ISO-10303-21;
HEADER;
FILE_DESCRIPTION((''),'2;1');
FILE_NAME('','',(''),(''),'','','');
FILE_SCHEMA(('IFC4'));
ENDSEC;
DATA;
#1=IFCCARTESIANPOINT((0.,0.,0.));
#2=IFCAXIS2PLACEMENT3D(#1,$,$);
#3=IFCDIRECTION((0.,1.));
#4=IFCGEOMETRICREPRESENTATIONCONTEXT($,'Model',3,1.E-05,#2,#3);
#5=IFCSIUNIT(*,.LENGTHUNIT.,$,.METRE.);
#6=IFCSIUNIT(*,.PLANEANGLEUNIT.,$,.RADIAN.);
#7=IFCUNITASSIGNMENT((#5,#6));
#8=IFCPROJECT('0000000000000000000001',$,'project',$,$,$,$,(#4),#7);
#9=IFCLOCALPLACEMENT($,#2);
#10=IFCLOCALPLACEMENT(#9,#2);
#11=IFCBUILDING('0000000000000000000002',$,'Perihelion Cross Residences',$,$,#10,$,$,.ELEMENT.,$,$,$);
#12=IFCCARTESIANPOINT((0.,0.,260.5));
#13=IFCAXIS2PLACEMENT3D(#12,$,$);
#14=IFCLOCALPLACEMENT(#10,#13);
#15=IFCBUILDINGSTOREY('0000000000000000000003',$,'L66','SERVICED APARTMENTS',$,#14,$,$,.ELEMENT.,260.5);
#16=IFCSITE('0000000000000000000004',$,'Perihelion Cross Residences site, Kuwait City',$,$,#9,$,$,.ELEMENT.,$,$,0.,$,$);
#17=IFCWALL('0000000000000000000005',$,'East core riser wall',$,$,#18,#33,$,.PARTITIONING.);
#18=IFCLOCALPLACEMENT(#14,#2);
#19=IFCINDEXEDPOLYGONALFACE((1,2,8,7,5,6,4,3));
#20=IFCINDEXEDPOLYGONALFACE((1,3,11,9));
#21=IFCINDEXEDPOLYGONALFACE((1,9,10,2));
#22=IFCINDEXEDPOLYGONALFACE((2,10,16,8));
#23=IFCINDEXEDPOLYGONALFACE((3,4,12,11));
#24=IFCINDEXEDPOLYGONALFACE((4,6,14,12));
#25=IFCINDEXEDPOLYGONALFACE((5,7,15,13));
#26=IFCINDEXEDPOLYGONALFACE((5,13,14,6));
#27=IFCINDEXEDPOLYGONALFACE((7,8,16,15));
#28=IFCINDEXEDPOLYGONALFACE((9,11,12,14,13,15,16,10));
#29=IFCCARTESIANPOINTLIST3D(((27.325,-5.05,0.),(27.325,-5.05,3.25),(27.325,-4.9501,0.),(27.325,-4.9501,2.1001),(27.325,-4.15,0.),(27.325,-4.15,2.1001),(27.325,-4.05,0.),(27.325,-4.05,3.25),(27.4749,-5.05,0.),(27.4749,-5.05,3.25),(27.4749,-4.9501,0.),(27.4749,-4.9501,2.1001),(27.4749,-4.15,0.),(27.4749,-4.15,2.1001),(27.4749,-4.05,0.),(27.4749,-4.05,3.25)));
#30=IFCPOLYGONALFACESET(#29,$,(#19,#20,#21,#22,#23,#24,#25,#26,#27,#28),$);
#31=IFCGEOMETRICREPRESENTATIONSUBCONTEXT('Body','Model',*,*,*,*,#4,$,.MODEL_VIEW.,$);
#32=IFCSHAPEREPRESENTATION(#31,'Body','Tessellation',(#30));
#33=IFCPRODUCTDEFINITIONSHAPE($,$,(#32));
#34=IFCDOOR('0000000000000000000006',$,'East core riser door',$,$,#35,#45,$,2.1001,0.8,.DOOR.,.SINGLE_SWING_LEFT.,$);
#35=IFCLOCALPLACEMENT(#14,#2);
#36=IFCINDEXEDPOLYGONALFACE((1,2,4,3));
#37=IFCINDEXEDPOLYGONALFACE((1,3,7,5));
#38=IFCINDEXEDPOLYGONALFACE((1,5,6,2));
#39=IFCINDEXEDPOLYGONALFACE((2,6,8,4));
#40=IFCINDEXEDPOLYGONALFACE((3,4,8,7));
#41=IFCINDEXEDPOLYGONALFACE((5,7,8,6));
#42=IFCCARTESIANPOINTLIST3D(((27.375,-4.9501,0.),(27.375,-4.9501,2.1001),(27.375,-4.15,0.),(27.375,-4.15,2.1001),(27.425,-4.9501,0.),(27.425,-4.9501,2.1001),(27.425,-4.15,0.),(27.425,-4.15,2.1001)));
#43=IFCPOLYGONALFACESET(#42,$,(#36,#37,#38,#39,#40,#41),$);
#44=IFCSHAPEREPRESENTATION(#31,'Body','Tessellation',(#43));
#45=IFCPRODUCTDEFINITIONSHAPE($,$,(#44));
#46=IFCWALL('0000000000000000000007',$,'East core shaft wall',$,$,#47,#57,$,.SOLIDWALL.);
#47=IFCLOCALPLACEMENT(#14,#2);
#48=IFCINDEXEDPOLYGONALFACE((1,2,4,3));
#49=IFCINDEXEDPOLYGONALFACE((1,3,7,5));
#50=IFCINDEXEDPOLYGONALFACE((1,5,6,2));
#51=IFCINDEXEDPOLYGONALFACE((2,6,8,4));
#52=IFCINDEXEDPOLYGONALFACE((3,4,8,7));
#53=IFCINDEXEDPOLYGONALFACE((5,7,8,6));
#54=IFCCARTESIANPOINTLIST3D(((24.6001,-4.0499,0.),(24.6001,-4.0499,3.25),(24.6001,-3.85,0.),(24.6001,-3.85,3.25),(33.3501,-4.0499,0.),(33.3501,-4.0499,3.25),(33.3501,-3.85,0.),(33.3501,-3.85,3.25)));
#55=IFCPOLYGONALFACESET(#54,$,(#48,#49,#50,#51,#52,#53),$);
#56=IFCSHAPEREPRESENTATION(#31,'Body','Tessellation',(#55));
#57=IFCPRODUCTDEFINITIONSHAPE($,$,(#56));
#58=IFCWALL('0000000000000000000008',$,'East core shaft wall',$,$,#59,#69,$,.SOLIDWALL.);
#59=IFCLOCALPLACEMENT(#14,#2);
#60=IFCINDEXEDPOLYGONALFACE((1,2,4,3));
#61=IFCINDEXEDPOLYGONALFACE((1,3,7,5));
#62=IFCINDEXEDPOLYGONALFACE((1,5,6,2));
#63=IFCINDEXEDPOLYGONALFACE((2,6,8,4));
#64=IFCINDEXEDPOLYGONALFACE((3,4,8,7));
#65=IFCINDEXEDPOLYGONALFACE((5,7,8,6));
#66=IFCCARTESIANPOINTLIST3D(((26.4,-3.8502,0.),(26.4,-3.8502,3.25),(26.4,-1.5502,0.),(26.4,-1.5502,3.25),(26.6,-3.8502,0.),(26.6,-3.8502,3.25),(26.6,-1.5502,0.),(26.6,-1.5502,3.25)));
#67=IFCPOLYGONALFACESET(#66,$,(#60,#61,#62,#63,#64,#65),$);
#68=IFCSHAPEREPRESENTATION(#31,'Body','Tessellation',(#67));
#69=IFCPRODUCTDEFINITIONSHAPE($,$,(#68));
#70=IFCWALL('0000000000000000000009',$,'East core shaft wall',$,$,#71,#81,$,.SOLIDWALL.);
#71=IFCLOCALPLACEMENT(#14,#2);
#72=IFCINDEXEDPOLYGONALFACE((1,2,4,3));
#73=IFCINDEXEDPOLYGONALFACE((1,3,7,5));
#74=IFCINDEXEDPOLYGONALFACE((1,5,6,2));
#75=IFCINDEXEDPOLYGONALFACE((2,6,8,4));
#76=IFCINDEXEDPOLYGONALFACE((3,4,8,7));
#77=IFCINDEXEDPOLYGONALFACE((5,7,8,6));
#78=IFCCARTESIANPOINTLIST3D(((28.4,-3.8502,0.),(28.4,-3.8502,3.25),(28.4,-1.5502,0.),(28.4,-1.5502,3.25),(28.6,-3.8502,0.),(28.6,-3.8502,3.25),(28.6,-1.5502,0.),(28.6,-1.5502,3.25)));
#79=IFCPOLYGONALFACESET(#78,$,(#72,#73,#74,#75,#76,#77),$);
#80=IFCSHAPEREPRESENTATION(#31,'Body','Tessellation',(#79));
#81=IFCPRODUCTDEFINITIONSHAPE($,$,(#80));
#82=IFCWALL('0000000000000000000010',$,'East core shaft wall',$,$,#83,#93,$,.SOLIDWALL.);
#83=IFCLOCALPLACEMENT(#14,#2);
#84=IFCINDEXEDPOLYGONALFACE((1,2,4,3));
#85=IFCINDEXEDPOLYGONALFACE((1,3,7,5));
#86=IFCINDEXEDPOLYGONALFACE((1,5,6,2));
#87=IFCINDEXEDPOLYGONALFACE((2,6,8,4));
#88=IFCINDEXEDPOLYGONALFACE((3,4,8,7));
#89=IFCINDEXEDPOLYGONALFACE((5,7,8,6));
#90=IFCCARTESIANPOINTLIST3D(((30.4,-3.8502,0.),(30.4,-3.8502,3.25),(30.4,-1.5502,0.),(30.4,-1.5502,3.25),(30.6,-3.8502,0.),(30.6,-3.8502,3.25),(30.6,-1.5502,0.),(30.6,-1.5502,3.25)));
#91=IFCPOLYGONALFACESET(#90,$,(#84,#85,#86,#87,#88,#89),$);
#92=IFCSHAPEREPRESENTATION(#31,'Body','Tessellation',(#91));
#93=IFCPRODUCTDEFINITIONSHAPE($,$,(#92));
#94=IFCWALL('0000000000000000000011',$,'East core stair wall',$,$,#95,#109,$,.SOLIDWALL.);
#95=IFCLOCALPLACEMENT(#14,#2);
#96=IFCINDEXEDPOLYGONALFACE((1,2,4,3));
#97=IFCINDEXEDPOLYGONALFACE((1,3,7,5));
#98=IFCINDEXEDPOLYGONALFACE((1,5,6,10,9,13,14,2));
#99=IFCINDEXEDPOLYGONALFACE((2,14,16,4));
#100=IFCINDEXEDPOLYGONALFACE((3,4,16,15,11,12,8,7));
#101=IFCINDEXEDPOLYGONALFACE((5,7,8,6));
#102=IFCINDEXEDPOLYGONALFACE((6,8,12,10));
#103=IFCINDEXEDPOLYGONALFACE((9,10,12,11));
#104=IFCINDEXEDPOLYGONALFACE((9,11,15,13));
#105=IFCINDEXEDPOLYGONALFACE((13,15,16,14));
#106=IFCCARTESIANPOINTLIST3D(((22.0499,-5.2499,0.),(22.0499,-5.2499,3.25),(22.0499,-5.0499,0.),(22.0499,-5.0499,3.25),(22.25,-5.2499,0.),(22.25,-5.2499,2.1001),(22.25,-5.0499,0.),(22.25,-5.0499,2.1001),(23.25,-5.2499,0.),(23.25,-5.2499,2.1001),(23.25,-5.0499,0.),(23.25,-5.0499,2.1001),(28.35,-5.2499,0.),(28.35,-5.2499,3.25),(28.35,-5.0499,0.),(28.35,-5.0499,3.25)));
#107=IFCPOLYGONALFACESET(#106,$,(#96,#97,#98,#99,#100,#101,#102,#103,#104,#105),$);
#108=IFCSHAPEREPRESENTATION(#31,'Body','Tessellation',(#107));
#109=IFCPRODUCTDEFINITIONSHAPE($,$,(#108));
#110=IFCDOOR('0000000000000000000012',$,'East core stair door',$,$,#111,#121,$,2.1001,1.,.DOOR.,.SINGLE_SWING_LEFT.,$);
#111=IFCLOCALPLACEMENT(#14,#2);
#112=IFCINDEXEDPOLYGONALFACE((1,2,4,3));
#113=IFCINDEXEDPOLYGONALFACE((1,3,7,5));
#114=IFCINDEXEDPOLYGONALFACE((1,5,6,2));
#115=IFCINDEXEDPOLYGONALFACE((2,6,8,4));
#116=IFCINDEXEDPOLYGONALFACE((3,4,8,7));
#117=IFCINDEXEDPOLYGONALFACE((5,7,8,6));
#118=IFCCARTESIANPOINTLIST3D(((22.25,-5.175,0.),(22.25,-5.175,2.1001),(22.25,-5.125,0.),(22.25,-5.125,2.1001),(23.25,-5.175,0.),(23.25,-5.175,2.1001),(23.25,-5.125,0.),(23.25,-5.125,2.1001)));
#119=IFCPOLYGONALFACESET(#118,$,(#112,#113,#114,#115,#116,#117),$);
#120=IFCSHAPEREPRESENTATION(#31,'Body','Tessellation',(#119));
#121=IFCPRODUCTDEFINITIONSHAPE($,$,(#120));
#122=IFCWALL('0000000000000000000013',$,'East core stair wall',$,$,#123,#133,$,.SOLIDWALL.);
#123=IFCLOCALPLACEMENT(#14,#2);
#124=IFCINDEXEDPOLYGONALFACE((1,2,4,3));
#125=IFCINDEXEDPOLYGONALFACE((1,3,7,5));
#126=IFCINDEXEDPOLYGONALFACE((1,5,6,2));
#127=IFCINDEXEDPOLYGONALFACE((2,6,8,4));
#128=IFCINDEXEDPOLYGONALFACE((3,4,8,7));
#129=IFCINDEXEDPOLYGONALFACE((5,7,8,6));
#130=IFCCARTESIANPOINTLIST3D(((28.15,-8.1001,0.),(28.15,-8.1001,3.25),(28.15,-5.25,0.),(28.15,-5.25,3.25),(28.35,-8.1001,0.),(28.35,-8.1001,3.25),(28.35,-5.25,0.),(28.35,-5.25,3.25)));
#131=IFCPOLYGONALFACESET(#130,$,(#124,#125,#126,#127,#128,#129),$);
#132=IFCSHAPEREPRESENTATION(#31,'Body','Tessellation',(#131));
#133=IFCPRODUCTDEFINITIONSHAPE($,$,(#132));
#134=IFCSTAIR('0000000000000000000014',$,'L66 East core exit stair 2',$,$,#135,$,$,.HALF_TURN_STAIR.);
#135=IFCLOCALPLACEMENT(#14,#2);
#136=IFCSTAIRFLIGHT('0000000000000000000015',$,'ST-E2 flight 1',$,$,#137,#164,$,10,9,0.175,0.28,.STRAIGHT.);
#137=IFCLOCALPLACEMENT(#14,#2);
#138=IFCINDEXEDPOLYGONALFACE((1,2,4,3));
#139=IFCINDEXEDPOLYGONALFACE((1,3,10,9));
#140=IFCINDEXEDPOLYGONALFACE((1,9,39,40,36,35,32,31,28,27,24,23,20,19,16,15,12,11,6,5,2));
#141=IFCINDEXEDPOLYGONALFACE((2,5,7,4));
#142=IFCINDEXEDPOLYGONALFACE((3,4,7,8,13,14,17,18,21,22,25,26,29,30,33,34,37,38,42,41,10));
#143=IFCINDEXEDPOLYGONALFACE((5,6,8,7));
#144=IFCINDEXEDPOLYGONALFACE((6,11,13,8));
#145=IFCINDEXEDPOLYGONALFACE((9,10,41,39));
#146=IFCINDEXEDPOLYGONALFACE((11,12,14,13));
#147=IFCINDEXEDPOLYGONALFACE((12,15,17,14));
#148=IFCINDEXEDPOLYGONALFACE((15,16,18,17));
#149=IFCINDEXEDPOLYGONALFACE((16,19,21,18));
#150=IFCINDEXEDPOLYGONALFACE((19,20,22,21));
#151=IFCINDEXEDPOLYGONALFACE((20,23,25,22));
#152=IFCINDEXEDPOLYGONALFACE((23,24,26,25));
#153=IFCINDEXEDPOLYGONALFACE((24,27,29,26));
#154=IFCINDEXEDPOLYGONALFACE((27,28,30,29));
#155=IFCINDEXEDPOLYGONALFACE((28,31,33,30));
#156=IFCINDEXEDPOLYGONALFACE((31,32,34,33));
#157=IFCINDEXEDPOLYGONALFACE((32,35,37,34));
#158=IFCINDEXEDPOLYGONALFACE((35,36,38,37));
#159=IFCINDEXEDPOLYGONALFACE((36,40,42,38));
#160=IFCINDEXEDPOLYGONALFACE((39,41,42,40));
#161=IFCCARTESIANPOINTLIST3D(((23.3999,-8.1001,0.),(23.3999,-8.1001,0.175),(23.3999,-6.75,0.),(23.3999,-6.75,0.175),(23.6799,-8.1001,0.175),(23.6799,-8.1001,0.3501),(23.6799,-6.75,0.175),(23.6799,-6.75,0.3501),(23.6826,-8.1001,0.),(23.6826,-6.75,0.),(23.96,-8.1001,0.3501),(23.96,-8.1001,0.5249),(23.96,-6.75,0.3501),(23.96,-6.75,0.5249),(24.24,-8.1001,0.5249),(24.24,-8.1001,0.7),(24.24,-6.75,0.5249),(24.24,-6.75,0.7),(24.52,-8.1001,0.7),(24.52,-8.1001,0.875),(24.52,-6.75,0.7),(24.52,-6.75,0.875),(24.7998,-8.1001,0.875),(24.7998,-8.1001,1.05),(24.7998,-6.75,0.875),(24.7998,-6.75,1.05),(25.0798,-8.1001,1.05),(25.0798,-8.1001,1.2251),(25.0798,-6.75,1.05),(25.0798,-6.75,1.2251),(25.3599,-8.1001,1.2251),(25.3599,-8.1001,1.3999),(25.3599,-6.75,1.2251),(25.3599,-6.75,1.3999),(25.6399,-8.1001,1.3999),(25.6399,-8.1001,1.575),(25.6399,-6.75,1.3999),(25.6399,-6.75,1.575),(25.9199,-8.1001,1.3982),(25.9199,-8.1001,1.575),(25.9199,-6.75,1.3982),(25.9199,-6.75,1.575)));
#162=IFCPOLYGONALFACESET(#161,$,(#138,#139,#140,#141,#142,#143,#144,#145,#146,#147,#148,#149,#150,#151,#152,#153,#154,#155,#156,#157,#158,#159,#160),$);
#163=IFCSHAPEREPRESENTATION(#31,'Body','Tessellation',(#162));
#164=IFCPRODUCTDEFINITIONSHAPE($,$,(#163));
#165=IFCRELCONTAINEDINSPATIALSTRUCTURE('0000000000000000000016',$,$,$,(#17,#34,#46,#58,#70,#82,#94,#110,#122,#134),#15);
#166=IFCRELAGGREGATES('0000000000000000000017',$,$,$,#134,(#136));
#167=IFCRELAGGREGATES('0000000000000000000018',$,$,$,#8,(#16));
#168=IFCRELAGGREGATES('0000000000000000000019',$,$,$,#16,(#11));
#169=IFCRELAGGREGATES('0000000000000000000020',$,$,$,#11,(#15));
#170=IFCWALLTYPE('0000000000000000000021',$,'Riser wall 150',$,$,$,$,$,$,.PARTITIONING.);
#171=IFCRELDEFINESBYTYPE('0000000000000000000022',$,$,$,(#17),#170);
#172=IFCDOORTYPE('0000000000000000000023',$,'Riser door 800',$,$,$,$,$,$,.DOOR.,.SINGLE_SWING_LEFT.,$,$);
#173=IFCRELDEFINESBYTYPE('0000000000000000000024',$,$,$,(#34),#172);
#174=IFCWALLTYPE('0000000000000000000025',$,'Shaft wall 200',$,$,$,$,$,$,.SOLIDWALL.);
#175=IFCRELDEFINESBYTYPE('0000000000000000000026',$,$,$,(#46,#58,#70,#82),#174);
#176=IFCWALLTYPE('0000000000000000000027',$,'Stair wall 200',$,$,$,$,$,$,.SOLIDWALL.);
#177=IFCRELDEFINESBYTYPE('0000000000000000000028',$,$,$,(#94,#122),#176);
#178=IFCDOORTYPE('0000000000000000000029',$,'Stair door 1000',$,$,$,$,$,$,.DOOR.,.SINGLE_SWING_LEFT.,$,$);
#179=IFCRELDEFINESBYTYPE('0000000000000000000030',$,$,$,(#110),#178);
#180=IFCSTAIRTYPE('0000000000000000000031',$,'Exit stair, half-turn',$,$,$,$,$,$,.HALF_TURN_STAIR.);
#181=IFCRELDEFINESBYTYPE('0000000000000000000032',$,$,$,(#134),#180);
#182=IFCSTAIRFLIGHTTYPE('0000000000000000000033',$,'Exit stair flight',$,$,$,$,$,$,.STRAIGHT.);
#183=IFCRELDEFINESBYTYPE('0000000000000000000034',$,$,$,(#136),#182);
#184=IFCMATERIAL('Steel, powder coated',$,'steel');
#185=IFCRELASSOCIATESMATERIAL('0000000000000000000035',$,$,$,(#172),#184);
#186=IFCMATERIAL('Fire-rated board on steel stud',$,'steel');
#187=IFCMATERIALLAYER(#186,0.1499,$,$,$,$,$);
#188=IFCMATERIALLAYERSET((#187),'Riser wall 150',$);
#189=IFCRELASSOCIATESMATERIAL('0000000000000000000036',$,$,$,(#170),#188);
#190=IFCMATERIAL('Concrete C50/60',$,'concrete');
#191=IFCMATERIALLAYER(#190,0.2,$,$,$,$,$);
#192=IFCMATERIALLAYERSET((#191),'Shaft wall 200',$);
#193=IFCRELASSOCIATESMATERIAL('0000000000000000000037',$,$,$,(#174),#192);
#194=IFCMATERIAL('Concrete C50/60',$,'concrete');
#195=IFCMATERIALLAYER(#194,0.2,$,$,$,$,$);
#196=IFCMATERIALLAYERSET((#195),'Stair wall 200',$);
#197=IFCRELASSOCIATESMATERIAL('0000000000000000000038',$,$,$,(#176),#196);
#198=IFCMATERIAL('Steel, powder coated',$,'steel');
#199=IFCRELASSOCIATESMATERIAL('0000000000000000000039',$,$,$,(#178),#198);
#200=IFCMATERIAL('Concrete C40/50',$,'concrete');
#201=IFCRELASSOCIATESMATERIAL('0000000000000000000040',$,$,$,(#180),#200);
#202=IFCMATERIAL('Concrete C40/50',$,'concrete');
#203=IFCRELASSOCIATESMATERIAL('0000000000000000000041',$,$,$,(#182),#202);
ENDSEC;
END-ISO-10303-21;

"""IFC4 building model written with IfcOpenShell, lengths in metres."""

from ifc_helpers import new_model, si_unit, direction, frame, frame_2d, origin, place, context, subcontext, project, spatial, polyline, rectangle, outline, extrude, material, layer, layer_set, type_object, element, fill, aggregate, save


model = new_model("IFC4")

# Units and contexts
model_context = context("Model", 3, precision=1e-05, world=origin(), true_north=direction((0.0, 1.0)))
body_context = subcontext(model_context, "Body", "Model", "MODEL_VIEW")
ifc_project = project(units=[si_unit("LENGTHUNIT", "METRE"), si_unit("PLANEANGLEUNIT", "RADIAN")], contexts=[model_context])

# Site, building, storey
site_placement = place(None, origin())
site = spatial("IfcSite", under=ifc_project, at=site_placement, Name="Perihelion Cross Residences site, Kuwait City", CompositionType="ELEMENT", RefElevation=0.0)
building_placement = place(site_placement, origin())
building = spatial("IfcBuilding", under=site, at=building_placement, Name="Perihelion Cross Residences", CompositionType="ELEMENT")
storey_placement = place(building_placement, frame((0.0, 0.0, 260.5)))
storey = spatial("IfcBuildingStorey", under=building, at=storey_placement, Name="L66", Description="SERVICED APARTMENTS", CompositionType="ELEMENT", Elevation=260.5)

# Shared definitions
ifc_material_1 = material(Name="Steel, powder coated", Category="steel")
door_type_1 = type_object("IfcDoorType", Name="Riser door 800", OperationType="SINGLE_SWING_LEFT", PredefinedType="DOOR", material=ifc_material_1)

# Wall, opening, door
ifc_material_2 = material(Name="Fire-rated board on steel stud", Category="steel")
ifc_layer_1 = layer(ifc_material_2, 0.1499)
ifc_layer_set_1 = layer_set([ifc_layer_1], Name="Riser wall 150")
wall_type_1 = type_object("IfcWallType", Name="Riser wall 150", PredefinedType="PARTITIONING", material=ifc_layer_set_1)
wall_1_placement = place(storey_placement, frame((27.3999, -5.05, 0.0), z_axis=(0.0, 0.0, 1.0), x_axis=(0.0, 1.0, 0.0)))
wall_1 = element("IfcWall", 1, at=wall_1_placement, inside=storey, type_object=wall_type_1, Name="East core riser wall", PredefinedType="PARTITIONING", context=body_context, shape_type="SweptSolid", body=[
    extrude(rectangle(XDim=1.0, YDim=0.1499, at=frame_2d((0.5, 0.0))), origin(), (0.0, 0.0, 1.0), 3.25),
])
opening_1_placement = place(wall_1_placement, frame((0.1001, 0.0, 0.0)))
opening_1 = element("IfcOpeningElement", 2, at=opening_1_placement, cuts=wall_1, PredefinedType="OPENING", context=body_context, shape_type="SweptSolid", body=[
    extrude(rectangle(XDim=0.8, YDim=2.1001, at=frame_2d((0.3999, 1.05))), frame((0.0, 0.085, 0.0), z_axis=(0.0, -1.0, 0.0), x_axis=(1.0, 0.0, 0.0)), (0.0, 0.0, 1.0), 0.1699),
])
door_1_placement = place(opening_1_placement, origin())
door_1 = element("IfcDoor", 3, at=door_1_placement, inside=storey, type_object=door_type_1, Name="East core riser door", OperationType="SINGLE_SWING_LEFT", OverallHeight=2.1001, OverallWidth=0.8, PredefinedType="DOOR", context=body_context, shape_type="SweptSolid", body=[
    extrude(rectangle(XDim=0.8, YDim=2.1001, at=frame_2d((0.3999, 1.05))), frame((0.0, 0.0249, 0.0), z_axis=(0.0, -1.0, 0.0), x_axis=(1.0, 0.0, 0.0)), (0.0, 0.0, 1.0), 0.05),
])
fill(opening_1, door_1)

# Walls
ifc_material_3 = material(Name="Concrete C50/60", Category="concrete")
ifc_layer_2 = layer(ifc_material_3, 0.2)
ifc_layer_set_2 = layer_set([ifc_layer_2], Name="Shaft wall 200")
wall_type_2 = type_object("IfcWallType", Name="Shaft wall 200", PredefinedType="SOLIDWALL", material=ifc_layer_set_2)
wall_2_placement = place(storey_placement, frame((24.6001, -3.95, 0.0), z_axis=(0.0, 0.0, 1.0), x_axis=(1.0, 0.0, 0.0)))
element("IfcWall", 4, at=wall_2_placement, inside=storey, type_object=wall_type_2, Name="East core shaft wall", PredefinedType="SOLIDWALL", context=body_context, shape_type="SweptSolid", body=[
    extrude(rectangle(XDim=8.75, YDim=0.2, at=frame_2d((4.375, 0.0))), origin(), (0.0, 0.0, 1.0), 3.25),
])
for number, where, z_axis, x_axis, name in (
    (5, (26.5, -3.8501, 0.0), (0.0, 0.0, 1.0), (0.0, 1.0, 0.0), "East core shaft wall"),
    (6, (28.5, -3.8501, 0.0), (0.0, 0.0, 1.0), (0.0, 1.0, 0.0), "East core shaft wall"),
    (7, (30.5, -3.8501, 0.0), (0.0, 0.0, 1.0), (0.0, 1.0, 0.0), "East core shaft wall"),
):
    element("IfcWall", number, at=place(storey_placement, frame(where, z_axis=z_axis, x_axis=x_axis)), inside=storey, type_object=wall_type_2, Name=name, PredefinedType="SOLIDWALL", context=body_context, shape_type="SweptSolid", body=[
        extrude(rectangle(XDim=2.3, YDim=0.2, at=frame_2d((1.1499, 0.0))), origin(), (0.0, 0.0, 1.0), 3.25),
    ])

# Wall, opening, door
ifc_material_4 = material(Name="Concrete C50/60", Category="concrete")
ifc_layer_3 = layer(ifc_material_4, 0.2)
ifc_layer_set_3 = layer_set([ifc_layer_3], Name="Stair wall 200")
wall_type_3 = type_object("IfcWallType", Name="Stair wall 200", PredefinedType="SOLIDWALL", material=ifc_layer_set_3)
wall_3_placement = place(storey_placement, frame((22.05, -5.1499, 0.0), z_axis=(0.0, 0.0, 1.0), x_axis=(1.0, 0.0, 0.0)))
wall_3 = element("IfcWall", 8, at=wall_3_placement, inside=storey, type_object=wall_type_3, Name="East core stair wall", PredefinedType="SOLIDWALL", context=body_context, shape_type="SweptSolid", body=[
    extrude(rectangle(XDim=6.3, YDim=0.2, at=frame_2d((3.1499, 0.0))), origin(), (0.0, 0.0, 1.0), 3.25),
])
opening_2_placement = place(wall_3_placement, frame((0.2, 0.0, 0.0)))
opening_2 = element("IfcOpeningElement", 9, at=opening_2_placement, cuts=wall_3, PredefinedType="OPENING", context=body_context, shape_type="SweptSolid", body=[
    extrude(rectangle(XDim=1.0, YDim=2.1001, at=frame_2d((0.5, 1.05))), frame((0.0, 0.1099, 0.0), z_axis=(0.0, -1.0, 0.0), x_axis=(1.0, 0.0, 0.0)), (0.0, 0.0, 1.0), 0.22),
])
ifc_material_5 = material(Name="Steel, powder coated", Category="steel")
door_type_2 = type_object("IfcDoorType", Name="Stair door 1000", OperationType="SINGLE_SWING_LEFT", PredefinedType="DOOR", material=ifc_material_5)
door_2_placement = place(opening_2_placement, origin())
door_2 = element("IfcDoor", 10, at=door_2_placement, inside=storey, type_object=door_type_2, Name="East core stair door", OperationType="SINGLE_SWING_LEFT", OverallHeight=2.1001, OverallWidth=1.0, PredefinedType="DOOR", context=body_context, shape_type="SweptSolid", body=[
    extrude(rectangle(XDim=1.0, YDim=2.1001, at=frame_2d((0.5, 1.05))), frame((0.0, 0.0249, 0.0), z_axis=(0.0, -1.0, 0.0), x_axis=(1.0, 0.0, 0.0)), (0.0, 0.0, 1.0), 0.05),
])
fill(opening_2, door_2)

# Wall
wall_4_placement = place(storey_placement, frame((28.25, -8.1001, 0.0), z_axis=(0.0, 0.0, 1.0), x_axis=(0.0, 1.0, 0.0)))
element("IfcWall", 11, at=wall_4_placement, inside=storey, type_object=wall_type_3, Name="East core stair wall", PredefinedType="SOLIDWALL", context=body_context, shape_type="SweptSolid", body=[
    extrude(rectangle(XDim=2.8501, YDim=0.2, at=frame_2d((1.425, 0.0))), origin(), (0.0, 0.0, 1.0), 3.25),
])

# Stair, stair flight
ifc_material_6 = material(Name="Concrete C40/50", Category="concrete")
stair_type = type_object("IfcStairType", Name="Exit stair, half-turn", PredefinedType="HALF_TURN_STAIR", material=ifc_material_6)
stair_placement = place(storey_placement, origin())
stair = element("IfcStair", 12, at=stair_placement, inside=storey, type_object=stair_type, Name="L66 East core exit stair 2", PredefinedType="HALF_TURN_STAIR")
ifc_material_7 = material(Name="Concrete C40/50", Category="concrete")
stair_flight_type = type_object("IfcStairFlightType", Name="Exit stair flight", PredefinedType="STRAIGHT", material=ifc_material_7)
stair_flight_1_placement = place(storey_placement, frame((23.3999, -7.425, 0.0), z_axis=(0.0, 0.0, 1.0), x_axis=(1.0, 0.0, 0.0)))
stair_flight_1 = element("IfcStairFlight", 13, at=stair_flight_1_placement, type_object=stair_flight_type, Name="ST-E2 flight 1", NumberOfRisers=10, NumberOfTreads=9, PredefinedType="STRAIGHT", RiserHeight=0.175, TreadLength=0.28, context=body_context, shape_type="SweptSolid", body=[
    extrude(outline(polyline([(0.0, 0.0), (0.0, 0.175), (0.28, 0.175), (0.28, 0.3501), (0.5601, 0.3501), (0.5601, 0.5249), (0.8401, 0.5249), (0.8401, 0.7), (1.1201, 0.7), (1.1201, 0.875), (1.3999, 0.875), (1.3999, 1.05), (1.6799, 1.05), (1.6799, 1.2251), (1.96, 1.2251), (1.96, 1.3999), (2.24, 1.3999), (2.24, 1.575), (2.52, 1.575), (2.52, 1.75), (2.52, 1.3982), (0.2827, 0.0), (0.0, 0.0)])), frame((0.0, 0.675, 0.0), z_axis=(0.0, -1.0, 0.0), x_axis=(1.0, 0.0, 0.0)), (0.0, 0.0, 1.0), 1.3501),
])
aggregate(stair, [stair_flight_1])

save(model, "model.ifc")
